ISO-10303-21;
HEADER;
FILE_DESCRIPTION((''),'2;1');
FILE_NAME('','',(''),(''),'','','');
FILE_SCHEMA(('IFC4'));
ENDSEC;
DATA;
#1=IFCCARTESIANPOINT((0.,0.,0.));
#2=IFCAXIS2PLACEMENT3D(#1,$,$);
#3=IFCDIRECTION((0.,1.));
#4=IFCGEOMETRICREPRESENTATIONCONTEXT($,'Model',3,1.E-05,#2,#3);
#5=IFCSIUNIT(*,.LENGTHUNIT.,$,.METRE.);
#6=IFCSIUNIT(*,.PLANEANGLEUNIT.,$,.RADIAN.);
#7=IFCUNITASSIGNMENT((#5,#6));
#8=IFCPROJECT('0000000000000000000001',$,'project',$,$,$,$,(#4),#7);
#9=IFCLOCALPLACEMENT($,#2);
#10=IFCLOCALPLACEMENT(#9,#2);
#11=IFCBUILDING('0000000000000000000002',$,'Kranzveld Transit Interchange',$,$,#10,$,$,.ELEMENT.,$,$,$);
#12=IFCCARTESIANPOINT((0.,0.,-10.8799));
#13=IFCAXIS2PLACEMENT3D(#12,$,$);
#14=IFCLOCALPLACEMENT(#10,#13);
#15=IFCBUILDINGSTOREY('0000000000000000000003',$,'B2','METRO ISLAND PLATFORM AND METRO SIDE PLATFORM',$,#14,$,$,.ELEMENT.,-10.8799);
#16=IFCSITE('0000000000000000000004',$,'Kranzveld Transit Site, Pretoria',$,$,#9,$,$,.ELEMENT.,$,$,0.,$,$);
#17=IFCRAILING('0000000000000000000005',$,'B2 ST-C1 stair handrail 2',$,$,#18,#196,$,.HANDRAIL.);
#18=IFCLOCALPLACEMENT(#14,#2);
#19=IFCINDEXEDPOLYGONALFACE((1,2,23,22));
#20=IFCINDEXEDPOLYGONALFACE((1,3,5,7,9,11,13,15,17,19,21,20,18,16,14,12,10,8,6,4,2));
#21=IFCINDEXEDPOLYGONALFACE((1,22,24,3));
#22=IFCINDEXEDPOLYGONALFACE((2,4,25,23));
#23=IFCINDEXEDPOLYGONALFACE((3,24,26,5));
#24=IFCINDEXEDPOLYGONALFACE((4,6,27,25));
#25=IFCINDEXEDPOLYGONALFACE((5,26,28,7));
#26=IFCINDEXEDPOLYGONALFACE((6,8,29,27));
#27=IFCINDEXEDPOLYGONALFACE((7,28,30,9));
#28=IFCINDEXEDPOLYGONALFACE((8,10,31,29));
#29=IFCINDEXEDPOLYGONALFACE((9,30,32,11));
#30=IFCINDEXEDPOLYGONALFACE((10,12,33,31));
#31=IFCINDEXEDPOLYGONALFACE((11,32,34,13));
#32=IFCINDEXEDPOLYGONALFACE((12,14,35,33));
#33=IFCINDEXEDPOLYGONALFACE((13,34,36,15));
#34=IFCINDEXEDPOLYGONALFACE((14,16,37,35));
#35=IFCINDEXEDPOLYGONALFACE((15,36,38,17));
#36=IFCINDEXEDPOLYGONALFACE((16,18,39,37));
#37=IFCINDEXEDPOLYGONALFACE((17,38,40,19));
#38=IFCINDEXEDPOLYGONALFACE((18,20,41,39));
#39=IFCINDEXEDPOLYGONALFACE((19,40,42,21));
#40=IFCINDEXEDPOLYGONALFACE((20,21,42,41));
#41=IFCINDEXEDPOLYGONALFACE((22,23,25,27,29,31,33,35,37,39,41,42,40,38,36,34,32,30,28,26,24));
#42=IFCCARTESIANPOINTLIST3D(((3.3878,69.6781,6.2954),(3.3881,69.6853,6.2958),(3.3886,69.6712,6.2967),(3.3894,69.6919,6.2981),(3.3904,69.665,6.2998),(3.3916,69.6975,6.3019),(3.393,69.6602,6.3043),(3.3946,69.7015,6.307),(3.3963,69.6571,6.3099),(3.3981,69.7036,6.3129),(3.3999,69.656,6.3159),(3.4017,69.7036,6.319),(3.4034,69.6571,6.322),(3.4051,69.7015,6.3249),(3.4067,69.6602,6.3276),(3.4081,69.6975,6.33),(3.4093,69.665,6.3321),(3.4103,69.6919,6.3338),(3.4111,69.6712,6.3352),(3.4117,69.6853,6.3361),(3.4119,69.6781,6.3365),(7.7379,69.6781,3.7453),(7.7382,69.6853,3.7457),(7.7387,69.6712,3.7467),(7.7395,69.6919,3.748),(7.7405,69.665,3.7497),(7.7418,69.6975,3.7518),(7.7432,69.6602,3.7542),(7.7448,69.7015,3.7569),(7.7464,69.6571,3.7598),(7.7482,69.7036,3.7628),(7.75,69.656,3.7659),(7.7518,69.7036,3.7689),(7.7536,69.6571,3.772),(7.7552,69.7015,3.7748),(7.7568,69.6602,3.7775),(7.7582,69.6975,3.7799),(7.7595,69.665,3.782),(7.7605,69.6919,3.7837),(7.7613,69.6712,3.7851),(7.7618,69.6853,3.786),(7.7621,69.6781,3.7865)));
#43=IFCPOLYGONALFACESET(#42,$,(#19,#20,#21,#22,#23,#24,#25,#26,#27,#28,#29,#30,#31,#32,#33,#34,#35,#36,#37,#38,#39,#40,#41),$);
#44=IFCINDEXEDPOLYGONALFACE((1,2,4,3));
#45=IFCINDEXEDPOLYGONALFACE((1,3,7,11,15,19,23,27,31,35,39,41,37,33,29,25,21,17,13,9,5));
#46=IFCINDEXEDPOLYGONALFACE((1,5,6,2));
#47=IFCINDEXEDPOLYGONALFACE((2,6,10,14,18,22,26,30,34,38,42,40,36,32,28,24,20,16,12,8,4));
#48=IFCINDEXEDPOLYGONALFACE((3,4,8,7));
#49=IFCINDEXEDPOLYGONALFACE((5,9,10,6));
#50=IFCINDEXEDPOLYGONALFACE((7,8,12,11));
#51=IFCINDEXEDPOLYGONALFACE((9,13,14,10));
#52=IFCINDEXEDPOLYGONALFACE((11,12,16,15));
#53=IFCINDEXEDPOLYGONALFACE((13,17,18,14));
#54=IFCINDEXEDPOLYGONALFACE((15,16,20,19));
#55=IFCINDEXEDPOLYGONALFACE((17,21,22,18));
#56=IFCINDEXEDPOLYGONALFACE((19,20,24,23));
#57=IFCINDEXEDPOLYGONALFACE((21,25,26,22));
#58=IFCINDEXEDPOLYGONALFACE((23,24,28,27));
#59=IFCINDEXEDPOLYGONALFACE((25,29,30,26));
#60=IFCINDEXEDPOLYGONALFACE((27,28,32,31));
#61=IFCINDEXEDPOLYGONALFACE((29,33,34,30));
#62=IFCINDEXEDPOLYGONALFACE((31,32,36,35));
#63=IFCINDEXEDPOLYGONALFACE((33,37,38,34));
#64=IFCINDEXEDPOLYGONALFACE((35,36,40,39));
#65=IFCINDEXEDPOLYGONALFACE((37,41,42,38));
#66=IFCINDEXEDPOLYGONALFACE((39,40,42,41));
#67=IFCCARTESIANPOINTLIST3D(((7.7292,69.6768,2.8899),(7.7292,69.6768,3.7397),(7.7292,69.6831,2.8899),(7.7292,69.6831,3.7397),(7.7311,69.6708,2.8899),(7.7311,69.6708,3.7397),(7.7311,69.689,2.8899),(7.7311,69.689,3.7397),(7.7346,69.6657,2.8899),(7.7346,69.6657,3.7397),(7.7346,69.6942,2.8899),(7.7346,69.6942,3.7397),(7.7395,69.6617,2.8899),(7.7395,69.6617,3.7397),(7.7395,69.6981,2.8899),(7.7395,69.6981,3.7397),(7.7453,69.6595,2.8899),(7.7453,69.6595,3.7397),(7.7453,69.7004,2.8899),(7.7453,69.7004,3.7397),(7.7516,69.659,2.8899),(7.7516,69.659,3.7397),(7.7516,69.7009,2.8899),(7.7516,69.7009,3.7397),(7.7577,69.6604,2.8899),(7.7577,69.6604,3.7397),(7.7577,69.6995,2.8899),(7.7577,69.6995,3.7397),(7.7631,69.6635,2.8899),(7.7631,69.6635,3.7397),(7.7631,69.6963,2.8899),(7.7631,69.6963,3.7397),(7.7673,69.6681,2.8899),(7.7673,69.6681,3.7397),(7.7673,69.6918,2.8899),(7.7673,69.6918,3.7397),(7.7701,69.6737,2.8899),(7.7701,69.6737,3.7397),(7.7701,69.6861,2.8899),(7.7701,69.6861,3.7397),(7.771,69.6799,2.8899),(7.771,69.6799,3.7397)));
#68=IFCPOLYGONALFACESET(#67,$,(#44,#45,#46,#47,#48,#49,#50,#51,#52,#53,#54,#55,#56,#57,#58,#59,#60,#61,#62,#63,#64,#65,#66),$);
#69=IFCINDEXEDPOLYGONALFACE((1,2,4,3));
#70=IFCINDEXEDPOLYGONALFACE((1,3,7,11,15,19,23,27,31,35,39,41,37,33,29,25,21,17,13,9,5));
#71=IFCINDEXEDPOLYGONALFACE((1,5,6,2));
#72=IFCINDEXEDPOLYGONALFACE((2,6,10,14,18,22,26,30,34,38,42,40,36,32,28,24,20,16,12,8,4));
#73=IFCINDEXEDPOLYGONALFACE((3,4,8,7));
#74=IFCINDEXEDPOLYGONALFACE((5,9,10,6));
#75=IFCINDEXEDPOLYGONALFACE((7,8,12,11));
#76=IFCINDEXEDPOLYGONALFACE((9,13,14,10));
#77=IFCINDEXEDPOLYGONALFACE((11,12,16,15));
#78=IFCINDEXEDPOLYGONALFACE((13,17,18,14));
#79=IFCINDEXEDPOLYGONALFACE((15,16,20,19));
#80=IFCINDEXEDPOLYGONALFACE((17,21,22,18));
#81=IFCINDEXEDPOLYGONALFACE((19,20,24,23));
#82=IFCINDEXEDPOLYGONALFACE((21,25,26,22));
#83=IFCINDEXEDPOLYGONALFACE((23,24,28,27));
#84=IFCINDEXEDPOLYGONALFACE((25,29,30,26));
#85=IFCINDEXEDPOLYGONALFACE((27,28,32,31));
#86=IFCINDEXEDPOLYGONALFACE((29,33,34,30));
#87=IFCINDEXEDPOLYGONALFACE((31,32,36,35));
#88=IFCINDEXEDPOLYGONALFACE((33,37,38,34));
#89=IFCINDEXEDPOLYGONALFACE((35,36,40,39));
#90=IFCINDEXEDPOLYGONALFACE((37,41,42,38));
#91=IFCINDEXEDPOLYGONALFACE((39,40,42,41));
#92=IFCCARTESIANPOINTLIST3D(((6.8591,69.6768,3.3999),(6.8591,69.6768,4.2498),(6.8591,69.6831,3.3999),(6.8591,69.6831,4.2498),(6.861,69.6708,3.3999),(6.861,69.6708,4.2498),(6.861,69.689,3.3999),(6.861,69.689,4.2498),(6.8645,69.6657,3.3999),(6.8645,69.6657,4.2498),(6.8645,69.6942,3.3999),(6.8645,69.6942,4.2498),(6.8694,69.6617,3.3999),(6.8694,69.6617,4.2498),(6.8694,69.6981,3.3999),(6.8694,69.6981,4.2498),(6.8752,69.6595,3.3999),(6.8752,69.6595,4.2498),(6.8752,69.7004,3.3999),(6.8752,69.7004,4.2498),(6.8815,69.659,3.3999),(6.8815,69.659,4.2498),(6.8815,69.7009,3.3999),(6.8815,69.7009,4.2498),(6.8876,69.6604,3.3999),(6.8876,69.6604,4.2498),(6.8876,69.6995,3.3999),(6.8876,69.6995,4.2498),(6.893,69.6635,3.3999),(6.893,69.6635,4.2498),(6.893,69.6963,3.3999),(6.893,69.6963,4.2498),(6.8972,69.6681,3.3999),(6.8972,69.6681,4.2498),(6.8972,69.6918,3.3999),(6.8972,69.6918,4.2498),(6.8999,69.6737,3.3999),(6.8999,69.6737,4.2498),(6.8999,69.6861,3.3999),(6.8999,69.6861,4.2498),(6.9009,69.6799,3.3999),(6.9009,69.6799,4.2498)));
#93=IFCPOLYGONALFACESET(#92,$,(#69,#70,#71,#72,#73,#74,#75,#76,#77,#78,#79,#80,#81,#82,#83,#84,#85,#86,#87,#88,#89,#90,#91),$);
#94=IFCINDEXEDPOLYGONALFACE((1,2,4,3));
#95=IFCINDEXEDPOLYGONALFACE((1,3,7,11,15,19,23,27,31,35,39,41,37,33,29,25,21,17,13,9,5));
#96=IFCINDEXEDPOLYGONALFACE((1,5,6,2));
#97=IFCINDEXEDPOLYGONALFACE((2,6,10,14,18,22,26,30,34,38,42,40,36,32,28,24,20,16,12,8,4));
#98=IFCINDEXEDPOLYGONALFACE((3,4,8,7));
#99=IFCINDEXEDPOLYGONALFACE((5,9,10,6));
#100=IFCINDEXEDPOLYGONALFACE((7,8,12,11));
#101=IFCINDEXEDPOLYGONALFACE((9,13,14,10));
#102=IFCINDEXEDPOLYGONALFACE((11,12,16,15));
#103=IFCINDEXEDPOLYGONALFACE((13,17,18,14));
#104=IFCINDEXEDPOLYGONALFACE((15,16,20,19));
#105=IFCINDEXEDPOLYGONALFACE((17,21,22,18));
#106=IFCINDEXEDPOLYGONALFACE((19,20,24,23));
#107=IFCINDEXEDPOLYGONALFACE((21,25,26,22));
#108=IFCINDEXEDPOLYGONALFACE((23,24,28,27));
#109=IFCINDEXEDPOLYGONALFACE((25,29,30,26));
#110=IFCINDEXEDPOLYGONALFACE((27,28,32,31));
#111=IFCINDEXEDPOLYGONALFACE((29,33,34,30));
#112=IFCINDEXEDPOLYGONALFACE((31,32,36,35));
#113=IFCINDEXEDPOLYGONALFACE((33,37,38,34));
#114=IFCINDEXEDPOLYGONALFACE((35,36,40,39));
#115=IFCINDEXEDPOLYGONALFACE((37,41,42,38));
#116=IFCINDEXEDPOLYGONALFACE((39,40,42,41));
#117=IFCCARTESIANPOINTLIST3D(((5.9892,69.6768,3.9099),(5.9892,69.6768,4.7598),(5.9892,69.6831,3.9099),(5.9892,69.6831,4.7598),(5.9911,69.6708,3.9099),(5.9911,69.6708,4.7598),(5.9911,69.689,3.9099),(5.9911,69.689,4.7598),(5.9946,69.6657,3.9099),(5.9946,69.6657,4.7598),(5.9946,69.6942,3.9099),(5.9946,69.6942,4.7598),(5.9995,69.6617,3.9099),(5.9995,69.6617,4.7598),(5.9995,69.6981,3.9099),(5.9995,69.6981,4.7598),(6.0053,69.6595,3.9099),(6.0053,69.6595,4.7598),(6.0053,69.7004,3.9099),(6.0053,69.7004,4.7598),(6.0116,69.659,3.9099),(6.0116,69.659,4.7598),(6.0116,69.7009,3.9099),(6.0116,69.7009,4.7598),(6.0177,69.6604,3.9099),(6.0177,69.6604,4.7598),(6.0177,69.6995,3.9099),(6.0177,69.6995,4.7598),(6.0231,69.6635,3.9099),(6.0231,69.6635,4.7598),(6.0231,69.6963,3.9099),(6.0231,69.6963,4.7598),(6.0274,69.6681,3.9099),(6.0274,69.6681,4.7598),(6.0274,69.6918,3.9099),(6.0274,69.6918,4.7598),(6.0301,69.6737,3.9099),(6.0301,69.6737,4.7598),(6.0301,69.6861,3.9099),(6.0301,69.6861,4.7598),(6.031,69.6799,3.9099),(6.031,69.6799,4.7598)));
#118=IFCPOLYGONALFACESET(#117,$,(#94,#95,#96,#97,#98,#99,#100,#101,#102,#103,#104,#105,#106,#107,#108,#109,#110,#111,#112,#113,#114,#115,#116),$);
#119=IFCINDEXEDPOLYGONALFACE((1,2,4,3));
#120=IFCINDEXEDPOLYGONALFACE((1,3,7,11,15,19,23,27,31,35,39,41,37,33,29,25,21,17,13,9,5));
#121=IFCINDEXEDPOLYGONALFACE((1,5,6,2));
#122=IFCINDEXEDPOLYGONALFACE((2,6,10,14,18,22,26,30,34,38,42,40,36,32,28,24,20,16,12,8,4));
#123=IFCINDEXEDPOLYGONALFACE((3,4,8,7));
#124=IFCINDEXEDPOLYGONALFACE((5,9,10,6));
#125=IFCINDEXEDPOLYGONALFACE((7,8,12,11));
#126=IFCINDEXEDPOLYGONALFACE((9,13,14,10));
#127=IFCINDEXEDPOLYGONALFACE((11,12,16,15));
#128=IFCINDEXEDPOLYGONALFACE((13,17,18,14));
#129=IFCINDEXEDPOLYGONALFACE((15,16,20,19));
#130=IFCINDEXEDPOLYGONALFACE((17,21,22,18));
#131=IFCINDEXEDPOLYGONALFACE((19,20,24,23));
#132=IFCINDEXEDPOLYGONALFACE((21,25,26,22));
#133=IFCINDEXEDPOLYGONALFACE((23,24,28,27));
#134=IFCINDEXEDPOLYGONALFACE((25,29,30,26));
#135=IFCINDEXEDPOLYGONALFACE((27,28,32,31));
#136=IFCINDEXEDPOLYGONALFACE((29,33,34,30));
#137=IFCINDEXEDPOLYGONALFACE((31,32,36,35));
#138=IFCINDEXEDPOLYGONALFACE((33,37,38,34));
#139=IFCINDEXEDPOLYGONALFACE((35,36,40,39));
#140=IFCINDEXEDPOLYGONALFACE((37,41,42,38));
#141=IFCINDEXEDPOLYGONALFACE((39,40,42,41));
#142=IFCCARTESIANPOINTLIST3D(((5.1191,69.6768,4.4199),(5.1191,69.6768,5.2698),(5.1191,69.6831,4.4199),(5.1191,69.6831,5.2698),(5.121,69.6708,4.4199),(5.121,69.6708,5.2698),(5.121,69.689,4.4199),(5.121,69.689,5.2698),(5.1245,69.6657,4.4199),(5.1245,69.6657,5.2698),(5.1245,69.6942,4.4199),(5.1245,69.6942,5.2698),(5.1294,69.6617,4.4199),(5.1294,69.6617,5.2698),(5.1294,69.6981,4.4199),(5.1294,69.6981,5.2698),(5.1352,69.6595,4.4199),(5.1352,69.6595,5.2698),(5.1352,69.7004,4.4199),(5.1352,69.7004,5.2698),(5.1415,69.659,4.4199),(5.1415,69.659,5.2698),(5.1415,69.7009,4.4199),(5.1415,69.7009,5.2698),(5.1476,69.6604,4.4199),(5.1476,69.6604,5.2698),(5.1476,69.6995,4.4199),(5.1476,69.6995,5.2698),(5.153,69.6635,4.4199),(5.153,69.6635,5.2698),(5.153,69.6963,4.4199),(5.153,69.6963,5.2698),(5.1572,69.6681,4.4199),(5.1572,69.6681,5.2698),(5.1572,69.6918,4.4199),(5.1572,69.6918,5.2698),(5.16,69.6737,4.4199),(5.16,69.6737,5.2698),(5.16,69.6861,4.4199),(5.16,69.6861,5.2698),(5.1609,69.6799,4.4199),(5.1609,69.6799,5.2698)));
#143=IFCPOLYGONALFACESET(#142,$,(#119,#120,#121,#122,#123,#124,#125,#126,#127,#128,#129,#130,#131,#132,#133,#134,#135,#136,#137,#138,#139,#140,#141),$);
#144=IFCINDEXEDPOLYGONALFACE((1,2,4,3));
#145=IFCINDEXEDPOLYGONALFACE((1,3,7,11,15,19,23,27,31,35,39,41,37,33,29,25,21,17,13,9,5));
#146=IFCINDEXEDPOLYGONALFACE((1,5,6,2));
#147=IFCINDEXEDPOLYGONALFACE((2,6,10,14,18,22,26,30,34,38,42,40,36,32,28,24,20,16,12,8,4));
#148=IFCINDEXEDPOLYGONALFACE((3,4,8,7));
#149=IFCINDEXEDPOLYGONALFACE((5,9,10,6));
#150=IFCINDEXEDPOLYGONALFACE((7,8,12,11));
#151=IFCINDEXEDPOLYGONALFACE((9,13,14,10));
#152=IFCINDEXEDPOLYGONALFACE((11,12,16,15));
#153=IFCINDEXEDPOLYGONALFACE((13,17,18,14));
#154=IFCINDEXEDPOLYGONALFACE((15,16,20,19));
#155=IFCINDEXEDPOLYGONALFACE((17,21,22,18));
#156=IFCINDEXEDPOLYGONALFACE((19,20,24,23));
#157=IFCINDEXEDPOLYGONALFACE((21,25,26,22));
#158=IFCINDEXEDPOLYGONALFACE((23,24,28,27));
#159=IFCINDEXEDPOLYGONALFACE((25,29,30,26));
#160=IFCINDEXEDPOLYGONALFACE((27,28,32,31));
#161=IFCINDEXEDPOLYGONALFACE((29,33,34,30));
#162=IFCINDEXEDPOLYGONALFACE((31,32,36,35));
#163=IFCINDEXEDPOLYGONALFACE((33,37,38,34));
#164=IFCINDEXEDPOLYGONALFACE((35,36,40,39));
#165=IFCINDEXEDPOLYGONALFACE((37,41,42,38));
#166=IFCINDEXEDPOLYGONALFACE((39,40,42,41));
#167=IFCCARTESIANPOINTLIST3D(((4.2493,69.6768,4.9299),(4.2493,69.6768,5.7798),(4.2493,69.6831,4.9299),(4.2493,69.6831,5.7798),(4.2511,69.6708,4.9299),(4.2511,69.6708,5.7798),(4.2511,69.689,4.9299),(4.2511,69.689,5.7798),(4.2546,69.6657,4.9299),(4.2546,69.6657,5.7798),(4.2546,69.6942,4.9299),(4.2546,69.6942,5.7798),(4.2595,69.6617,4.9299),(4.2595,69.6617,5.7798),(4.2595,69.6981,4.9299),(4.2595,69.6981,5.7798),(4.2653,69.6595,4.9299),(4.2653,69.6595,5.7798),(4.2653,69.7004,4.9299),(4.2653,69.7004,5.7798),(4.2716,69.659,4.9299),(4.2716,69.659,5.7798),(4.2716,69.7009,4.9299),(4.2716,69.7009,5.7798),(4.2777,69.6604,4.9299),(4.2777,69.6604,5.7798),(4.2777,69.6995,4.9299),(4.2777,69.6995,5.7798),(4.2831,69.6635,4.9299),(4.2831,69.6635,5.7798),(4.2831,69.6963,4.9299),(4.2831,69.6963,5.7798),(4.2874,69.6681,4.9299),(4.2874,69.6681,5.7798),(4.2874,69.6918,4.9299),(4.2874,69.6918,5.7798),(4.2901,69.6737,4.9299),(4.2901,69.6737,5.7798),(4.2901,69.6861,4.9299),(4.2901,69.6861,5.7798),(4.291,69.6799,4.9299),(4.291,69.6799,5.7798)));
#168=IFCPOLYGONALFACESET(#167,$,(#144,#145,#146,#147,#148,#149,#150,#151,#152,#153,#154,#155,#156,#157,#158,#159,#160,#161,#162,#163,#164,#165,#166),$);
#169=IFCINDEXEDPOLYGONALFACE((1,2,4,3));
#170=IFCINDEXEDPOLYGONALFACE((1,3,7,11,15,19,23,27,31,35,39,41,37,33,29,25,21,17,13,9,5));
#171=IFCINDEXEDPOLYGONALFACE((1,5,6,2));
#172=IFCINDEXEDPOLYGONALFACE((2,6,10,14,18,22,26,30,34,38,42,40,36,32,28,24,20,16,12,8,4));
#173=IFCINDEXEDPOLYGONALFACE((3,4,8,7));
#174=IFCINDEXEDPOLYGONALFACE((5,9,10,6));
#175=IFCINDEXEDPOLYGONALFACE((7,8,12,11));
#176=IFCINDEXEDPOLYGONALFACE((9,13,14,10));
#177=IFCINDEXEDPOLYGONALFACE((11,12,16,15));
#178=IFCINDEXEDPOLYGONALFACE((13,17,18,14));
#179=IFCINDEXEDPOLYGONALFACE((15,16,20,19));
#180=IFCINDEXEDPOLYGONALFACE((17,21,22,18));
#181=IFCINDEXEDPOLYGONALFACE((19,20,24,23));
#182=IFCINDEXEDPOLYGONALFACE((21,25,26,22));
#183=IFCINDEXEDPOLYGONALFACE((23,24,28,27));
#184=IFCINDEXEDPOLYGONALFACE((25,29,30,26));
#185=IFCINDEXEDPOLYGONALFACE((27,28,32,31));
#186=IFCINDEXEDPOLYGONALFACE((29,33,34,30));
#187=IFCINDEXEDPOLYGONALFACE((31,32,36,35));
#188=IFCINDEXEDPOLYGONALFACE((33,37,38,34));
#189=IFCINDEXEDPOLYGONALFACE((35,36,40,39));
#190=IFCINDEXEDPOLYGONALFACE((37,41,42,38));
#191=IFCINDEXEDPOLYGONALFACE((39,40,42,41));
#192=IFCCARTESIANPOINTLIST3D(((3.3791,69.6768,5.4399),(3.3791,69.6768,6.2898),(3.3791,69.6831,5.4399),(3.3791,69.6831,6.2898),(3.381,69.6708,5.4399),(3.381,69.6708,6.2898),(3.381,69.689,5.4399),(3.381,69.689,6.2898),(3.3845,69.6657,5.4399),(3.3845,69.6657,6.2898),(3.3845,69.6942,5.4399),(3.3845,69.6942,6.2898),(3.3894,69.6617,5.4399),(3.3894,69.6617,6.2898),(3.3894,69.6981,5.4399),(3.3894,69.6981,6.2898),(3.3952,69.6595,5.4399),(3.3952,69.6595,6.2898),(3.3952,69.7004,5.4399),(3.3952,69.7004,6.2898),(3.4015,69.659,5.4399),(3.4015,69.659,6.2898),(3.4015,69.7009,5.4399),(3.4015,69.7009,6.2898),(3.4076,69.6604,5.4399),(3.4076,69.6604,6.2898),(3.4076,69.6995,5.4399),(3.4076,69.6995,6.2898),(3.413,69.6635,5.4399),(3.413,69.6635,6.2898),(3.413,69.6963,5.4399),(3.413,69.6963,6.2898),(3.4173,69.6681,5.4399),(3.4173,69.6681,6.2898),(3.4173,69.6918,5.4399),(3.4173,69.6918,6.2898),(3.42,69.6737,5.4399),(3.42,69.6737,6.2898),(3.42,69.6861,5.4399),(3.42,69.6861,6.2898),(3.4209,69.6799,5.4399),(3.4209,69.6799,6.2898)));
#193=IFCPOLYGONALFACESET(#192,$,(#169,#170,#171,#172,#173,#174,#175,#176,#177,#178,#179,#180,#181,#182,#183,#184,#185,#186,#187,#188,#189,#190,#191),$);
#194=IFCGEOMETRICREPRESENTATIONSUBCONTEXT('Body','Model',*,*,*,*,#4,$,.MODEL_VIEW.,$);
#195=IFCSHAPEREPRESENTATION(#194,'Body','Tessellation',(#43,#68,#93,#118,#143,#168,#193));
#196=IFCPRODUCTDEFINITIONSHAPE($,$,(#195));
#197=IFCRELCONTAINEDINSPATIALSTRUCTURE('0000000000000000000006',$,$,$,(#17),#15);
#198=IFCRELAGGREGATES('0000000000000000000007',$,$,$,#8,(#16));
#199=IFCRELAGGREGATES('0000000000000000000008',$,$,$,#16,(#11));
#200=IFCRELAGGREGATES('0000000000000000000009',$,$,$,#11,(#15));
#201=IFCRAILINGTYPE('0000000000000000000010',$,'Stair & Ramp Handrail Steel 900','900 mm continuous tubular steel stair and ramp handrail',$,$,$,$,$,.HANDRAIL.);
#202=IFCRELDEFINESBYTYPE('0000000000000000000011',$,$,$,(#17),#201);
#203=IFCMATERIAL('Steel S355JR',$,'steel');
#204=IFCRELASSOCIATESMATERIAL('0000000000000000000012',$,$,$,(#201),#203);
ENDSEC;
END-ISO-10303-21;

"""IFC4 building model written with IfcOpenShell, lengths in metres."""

from ifc_helpers import new_model, si_unit, direction, frame, origin, origin_2d, place, context, subcontext, project, spatial, circle, extrude, material, type_object, element, save


model = new_model("IFC4")

# Units and contexts
model_context = context("Model", 3, precision=1e-05, world=origin(), true_north=direction((0.0, 1.0)))
body_context = subcontext(model_context, "Body", "Model", "MODEL_VIEW")
ifc_project = project(units=[si_unit("LENGTHUNIT", "METRE"), si_unit("PLANEANGLEUNIT", "RADIAN")], contexts=[model_context])

# Site, building, storey
site_placement = place(None, origin())
site = spatial("IfcSite", under=ifc_project, at=site_placement, Name="Kranzveld Transit Site, Pretoria", CompositionType="ELEMENT", RefElevation=0.0)
building_placement = place(site_placement, origin())
building = spatial("IfcBuilding", under=site, at=building_placement, Name="Kranzveld Transit Interchange", CompositionType="ELEMENT")
storey_placement = place(building_placement, frame((0.0, 0.0, -10.8799)))
storey = spatial("IfcBuildingStorey", under=building, at=storey_placement, Name="B2", Description="METRO ISLAND PLATFORM AND METRO SIDE PLATFORM", CompositionType="ELEMENT", Elevation=-10.8799)

# Railing
ifc_material_1 = material(Name="Steel S355JR", Category="steel")
railing_type_1 = type_object("IfcRailingType", Name="Stair & Ramp Handrail Steel 900", Description="900 mm continuous tubular steel stair and ramp handrail", PredefinedType="HANDRAIL", material=ifc_material_1)
railing_1_placement = place(storey_placement, frame((7.75, 69.6799, 2.8899)))
element("IfcRailing", 1, at=railing_1_placement, inside=storey, type_object=railing_type_1, Name="B2 ST-C1 stair handrail 2", PredefinedType="HANDRAIL", context=body_context, shape_type="SweptSolid", body=[
    extrude(circle(Radius=0.0239, at=origin_2d()), frame((0.0, 0.0, 0.876), z_axis=(-0.862699, 0.0, 0.505718), x_axis=(0.0, -1.0, 0.0)), (0.0, 0.0, 1.0), 5.0425),
    extrude(circle(Radius=0.021, at=origin_2d()), origin(), (0.0, 0.0, 1.0), 0.8499),
    extrude(circle(Radius=0.021, at=origin_2d()), frame((-0.8701, 0.0, 0.51)), (0.0, 0.0, 1.0), 0.8499),
    extrude(circle(Radius=0.021, at=origin_2d()), frame((-1.74, 0.0, 1.02)), (0.0, 0.0, 1.0), 0.8499),
    extrude(circle(Radius=0.021, at=origin_2d()), frame((-2.6101, 0.0, 1.53)), (0.0, 0.0, 1.0), 0.8499),
    extrude(circle(Radius=0.021, at=origin_2d()), frame((-3.48, 0.0, 2.04)), (0.0, 0.0, 1.0), 0.8499),
    extrude(circle(Radius=0.021, at=origin_2d()), frame((-4.3501, 0.0, 2.55)), (0.0, 0.0, 1.0), 0.8499),
])

save(model, "model.ifc")
